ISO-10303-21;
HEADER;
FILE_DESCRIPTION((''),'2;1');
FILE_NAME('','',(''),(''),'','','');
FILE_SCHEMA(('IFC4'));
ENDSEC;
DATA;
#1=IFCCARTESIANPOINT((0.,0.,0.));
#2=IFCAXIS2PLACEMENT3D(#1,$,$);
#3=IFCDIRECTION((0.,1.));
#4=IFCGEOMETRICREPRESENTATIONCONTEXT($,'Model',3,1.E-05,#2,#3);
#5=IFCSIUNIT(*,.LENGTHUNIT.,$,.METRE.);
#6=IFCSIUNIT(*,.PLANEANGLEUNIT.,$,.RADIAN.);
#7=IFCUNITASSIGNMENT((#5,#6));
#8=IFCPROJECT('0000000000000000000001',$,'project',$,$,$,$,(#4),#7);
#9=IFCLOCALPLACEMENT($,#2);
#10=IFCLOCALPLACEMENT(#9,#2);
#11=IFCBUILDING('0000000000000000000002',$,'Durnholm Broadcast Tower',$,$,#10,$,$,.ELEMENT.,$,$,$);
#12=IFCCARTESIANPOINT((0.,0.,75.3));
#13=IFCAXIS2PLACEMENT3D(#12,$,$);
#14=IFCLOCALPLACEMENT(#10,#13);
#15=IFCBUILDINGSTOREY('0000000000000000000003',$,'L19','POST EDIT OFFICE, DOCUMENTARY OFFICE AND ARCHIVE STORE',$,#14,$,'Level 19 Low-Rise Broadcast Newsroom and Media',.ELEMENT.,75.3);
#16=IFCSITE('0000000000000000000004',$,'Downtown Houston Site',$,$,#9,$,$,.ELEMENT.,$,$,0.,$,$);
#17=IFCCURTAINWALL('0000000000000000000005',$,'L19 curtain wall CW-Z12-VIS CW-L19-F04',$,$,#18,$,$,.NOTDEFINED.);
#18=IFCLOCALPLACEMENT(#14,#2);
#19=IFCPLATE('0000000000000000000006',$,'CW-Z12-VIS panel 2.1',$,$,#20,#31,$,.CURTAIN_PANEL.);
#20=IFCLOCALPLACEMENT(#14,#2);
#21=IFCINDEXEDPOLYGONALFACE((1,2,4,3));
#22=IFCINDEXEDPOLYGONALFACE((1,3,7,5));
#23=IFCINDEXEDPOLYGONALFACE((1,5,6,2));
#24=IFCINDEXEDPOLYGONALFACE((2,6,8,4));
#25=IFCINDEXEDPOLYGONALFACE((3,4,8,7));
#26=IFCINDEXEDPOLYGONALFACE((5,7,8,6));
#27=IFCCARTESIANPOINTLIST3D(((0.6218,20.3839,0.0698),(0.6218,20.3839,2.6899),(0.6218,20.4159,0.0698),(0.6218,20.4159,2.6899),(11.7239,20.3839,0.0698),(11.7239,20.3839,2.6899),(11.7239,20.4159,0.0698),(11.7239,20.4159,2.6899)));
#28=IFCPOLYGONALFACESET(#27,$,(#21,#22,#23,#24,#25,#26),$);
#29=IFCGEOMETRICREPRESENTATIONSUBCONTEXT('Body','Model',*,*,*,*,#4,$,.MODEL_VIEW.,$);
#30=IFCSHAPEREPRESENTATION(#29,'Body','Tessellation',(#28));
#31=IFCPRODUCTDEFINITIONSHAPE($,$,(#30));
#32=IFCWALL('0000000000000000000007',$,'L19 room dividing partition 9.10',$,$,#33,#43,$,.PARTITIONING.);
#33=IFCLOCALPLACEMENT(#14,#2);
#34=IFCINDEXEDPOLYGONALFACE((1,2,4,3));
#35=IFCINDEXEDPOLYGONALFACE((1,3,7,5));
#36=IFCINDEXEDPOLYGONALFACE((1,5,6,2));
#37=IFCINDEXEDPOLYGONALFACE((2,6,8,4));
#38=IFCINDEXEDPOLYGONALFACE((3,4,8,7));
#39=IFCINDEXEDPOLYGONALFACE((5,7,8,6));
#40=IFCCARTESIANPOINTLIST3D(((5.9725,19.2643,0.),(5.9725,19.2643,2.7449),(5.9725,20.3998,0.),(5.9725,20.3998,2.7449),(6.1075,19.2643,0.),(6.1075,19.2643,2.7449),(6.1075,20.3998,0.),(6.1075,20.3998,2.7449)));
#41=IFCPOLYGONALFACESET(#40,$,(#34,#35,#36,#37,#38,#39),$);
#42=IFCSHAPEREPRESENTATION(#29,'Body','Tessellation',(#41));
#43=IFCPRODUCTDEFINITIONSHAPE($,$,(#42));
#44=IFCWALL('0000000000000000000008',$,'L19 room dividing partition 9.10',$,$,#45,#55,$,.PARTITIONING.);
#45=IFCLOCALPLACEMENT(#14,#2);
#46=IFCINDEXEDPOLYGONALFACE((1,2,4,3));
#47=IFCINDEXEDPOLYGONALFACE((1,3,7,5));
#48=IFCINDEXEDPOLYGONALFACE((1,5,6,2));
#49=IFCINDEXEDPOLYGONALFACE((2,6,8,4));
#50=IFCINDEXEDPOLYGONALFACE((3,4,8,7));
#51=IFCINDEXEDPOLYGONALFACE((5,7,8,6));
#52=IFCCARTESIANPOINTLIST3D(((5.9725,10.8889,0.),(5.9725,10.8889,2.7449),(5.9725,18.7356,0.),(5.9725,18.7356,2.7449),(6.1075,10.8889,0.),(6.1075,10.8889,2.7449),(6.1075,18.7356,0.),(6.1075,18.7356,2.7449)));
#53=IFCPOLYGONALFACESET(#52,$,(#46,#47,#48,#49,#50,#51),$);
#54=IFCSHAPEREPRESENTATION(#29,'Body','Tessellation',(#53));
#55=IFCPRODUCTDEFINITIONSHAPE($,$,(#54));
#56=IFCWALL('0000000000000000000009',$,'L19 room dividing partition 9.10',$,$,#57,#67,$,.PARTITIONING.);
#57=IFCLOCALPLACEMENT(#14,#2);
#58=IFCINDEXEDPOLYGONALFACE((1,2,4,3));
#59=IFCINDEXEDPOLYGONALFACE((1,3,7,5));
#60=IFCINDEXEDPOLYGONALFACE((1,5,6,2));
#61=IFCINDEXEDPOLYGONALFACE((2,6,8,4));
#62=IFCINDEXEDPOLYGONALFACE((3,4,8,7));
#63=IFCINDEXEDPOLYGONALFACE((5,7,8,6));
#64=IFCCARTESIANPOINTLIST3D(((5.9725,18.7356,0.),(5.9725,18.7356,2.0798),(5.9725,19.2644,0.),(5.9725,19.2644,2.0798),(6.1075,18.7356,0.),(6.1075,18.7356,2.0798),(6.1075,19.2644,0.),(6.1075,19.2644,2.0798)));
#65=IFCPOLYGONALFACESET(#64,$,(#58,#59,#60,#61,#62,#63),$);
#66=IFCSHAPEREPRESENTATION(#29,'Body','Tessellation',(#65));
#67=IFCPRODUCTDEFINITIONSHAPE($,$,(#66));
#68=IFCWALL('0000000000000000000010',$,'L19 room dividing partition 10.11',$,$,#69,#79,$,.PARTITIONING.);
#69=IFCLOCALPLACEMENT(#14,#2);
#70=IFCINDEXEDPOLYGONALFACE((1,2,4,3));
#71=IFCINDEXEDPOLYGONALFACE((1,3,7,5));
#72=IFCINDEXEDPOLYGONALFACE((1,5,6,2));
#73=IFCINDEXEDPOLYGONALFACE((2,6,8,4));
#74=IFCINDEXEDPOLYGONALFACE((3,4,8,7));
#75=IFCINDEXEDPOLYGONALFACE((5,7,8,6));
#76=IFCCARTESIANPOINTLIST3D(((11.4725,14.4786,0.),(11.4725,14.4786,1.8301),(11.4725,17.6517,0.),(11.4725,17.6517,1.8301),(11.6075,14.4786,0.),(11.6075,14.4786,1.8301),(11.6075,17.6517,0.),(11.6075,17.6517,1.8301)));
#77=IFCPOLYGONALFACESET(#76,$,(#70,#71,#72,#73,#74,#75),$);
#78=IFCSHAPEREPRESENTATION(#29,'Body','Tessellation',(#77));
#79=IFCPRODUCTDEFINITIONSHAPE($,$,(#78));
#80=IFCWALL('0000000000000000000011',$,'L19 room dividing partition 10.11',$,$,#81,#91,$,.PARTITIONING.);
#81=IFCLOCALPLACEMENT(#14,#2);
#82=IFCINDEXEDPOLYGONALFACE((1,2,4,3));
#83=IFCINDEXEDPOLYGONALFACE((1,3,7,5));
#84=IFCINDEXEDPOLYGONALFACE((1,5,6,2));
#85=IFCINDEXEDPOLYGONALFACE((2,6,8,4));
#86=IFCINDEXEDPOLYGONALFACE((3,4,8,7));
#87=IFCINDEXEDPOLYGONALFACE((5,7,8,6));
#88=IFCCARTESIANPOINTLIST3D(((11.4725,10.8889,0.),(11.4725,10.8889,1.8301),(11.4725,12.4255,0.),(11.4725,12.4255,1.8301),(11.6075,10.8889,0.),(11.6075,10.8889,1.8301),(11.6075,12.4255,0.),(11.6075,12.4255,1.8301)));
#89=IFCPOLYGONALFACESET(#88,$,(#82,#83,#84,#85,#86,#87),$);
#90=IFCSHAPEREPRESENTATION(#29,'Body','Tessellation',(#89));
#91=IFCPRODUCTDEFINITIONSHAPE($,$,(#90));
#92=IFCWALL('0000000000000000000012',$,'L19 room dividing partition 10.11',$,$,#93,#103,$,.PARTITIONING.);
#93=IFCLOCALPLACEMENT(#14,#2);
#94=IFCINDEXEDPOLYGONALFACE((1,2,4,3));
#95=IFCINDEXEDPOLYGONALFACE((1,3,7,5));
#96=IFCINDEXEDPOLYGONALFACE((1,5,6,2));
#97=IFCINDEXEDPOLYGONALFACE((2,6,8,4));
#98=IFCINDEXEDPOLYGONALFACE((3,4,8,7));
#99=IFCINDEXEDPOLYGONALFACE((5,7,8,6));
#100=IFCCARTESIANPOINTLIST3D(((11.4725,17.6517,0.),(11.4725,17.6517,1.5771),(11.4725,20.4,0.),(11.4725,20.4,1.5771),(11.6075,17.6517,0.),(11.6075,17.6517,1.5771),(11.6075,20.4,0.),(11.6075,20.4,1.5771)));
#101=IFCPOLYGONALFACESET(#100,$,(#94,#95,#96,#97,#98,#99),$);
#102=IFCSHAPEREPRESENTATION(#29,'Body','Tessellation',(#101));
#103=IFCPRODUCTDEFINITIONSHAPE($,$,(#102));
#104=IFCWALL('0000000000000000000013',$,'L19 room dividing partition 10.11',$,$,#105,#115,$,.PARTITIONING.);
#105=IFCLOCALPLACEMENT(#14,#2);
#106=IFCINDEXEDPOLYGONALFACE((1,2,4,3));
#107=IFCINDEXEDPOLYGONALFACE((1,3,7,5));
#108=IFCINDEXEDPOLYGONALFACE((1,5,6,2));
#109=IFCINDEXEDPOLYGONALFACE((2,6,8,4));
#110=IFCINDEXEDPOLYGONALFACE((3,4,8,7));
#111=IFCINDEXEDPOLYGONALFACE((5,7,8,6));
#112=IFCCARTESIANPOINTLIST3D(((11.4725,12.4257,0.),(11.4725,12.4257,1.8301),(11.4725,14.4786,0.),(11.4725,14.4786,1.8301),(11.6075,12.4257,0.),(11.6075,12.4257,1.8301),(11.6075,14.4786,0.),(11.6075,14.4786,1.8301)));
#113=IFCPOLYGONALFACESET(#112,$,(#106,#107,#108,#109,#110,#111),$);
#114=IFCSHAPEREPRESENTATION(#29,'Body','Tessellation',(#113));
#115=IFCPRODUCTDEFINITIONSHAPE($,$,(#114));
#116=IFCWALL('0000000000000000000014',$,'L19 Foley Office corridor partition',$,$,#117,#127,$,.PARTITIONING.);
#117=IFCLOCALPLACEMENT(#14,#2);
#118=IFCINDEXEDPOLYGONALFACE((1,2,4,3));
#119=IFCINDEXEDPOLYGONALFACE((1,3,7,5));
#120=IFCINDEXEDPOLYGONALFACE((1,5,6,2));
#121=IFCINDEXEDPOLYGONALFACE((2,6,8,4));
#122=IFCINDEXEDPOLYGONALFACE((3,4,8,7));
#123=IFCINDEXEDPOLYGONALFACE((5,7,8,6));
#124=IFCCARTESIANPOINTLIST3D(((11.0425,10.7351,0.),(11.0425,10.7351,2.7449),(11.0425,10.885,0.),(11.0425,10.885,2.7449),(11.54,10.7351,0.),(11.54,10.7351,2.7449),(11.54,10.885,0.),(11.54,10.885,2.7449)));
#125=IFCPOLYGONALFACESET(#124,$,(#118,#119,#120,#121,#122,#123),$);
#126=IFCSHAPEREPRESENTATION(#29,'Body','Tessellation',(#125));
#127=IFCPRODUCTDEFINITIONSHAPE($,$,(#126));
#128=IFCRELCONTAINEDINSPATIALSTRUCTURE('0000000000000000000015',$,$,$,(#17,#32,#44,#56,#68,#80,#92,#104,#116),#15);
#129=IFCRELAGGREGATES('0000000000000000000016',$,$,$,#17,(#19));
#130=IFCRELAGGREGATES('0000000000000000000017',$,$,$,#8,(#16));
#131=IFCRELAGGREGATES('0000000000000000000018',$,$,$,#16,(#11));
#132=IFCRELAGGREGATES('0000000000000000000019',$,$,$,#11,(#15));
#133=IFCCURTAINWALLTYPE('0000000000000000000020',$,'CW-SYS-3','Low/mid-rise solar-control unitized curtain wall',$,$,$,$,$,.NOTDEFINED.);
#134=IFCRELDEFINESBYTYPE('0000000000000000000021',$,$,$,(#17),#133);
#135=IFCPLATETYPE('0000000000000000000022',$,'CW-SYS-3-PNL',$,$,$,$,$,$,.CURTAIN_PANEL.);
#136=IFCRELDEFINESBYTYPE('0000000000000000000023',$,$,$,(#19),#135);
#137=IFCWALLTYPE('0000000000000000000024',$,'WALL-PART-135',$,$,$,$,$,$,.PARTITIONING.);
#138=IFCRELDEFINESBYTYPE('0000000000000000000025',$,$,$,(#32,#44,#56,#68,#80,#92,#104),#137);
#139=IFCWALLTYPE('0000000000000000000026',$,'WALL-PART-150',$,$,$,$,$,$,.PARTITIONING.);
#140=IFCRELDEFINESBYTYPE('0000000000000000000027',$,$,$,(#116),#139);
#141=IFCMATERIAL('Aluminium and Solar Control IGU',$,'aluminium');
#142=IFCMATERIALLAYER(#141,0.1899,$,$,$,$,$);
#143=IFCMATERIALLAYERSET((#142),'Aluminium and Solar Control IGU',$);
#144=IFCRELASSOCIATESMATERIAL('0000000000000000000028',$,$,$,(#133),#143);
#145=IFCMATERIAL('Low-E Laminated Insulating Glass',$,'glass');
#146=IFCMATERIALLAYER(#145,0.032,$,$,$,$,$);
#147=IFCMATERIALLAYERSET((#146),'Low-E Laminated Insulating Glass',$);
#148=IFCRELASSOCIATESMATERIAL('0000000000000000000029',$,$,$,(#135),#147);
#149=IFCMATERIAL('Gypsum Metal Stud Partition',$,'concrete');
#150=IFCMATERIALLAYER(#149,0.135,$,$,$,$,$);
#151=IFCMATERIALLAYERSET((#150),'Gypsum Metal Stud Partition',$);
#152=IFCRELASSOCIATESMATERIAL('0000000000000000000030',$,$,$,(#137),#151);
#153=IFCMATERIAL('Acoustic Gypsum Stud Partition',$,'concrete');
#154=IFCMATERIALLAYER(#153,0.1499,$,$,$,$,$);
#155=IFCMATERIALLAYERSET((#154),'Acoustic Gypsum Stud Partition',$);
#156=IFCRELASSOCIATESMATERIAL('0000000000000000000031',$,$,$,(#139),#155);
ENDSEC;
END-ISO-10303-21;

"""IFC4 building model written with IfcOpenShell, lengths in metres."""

from ifc_helpers import new_model, si_unit, direction, frame, frame_2d, origin, origin_2d, place, context, subcontext, project, spatial, rectangle, extrude, source, transform, mapped, material, layer, layer_set, type_object, type_shapes, element, aggregate, save


model = new_model("IFC4")

# Units and contexts
model_context = context("Model", 3, precision=1e-05, world=origin(), true_north=direction((0.0, 1.0)))
body_context = subcontext(model_context, "Body", "Model", "MODEL_VIEW")
ifc_project = project(units=[si_unit("LENGTHUNIT", "METRE"), si_unit("PLANEANGLEUNIT", "RADIAN")], contexts=[model_context])

# Site, building, storey
site_placement = place(None, origin())
site = spatial("IfcSite", under=ifc_project, at=site_placement, Name="Downtown Houston Site", CompositionType="ELEMENT", RefElevation=0.0)
building_placement = place(site_placement, origin())
building = spatial("IfcBuilding", under=site, at=building_placement, Name="Durnholm Broadcast Tower", CompositionType="ELEMENT")
storey_placement = place(building_placement, frame((0.0, 0.0, 75.3)))
storey = spatial("IfcBuildingStorey", under=building, at=storey_placement, Name="L19", Description="POST EDIT OFFICE, DOCUMENTARY OFFICE AND ARCHIVE STORE", LongName="Level 19 Low-Rise Broadcast Newsroom and Media", CompositionType="ELEMENT", Elevation=75.3)

# Curtain wall
ifc_material_1 = material(Name="Aluminium and Solar Control IGU", Category="aluminium")
ifc_layer_1 = layer(ifc_material_1, 0.1899)
ifc_layer_set_1 = layer_set([ifc_layer_1], Name="Aluminium and Solar Control IGU")
curtain_wall_type_1 = type_object("IfcCurtainWallType", Name="CW-SYS-3", Description="Low/mid-rise solar-control unitized curtain wall", PredefinedType="NOTDEFINED", material=ifc_layer_set_1)
curtain_wall_1_placement = place(storey_placement, origin())
curtain_wall_1 = element("IfcCurtainWall", 1, at=curtain_wall_1_placement, inside=storey, type_object=curtain_wall_type_1, Name="L19 curtain wall CW-Z12-VIS CW-L19-F04", PredefinedType="NOTDEFINED")

# Plate
ifc_material_2 = material(Name="Low-E Laminated Insulating Glass", Category="glass")
ifc_layer_2 = layer(ifc_material_2, 0.032)
ifc_layer_set_2 = layer_set([ifc_layer_2], Name="Low-E Laminated Insulating Glass")
plate_type = type_object("IfcPlateType", Name="CW-SYS-3-PNL", PredefinedType="CURTAIN_PANEL", material=ifc_layer_set_2)
shared_shape_1 = source(origin(), body_context, "Body", "SweptSolid", [
    extrude(rectangle(XDim=11.1021, YDim=0.032, at=origin_2d()), origin(), (0.0, 0.0, 1.0), 2.6201),
])
type_shapes(plate_type, [shared_shape_1])
plate_placement = place(storey_placement, frame((6.1729, 20.3999, 0.0698), z_axis=(0.0, 0.0, 1.0), x_axis=(1.0, 0.0, 0.0)))
plate = element("IfcPlate", 2, at=plate_placement, type_object=plate_type, Name="CW-Z12-VIS panel 2.1", PredefinedType="CURTAIN_PANEL", context=body_context, shape_type="MappedRepresentation", body=[
    mapped(shared_shape_1, transform((0.0, 0.0, 0.0), x_axis=(1.0, 0.0, 0.0), y_axis=(0.0, 1.0, 0.0), z_axis=(0.0, 0.0, 1.0), scale=1.0)),
])
aggregate(curtain_wall_1, [plate])

# Walls
ifc_material_3 = material(Name="Gypsum Metal Stud Partition", Category="concrete")
ifc_layer_3 = layer(ifc_material_3, 0.135)
ifc_layer_set_3 = layer_set([ifc_layer_3], Name="Gypsum Metal Stud Partition")
wall_type_1 = type_object("IfcWallType", Name="WALL-PART-135", PredefinedType="PARTITIONING", material=ifc_layer_set_3)
wall_1_placement = place(storey_placement, frame((6.04, 20.3999, 0.0), z_axis=(0.0, 0.0, 1.0), x_axis=(0.0, -1.0, 0.0)))
element("IfcWall", 3, at=wall_1_placement, inside=storey, type_object=wall_type_1, Name="L19 room dividing partition 9.10", PredefinedType="PARTITIONING", context=body_context, shape_type="SweptSolid", body=[
    extrude(rectangle(XDim=1.1355, YDim=0.135, at=frame_2d((0.5679, 0.0))), origin(), (0.0, 0.0, 1.0), 2.7449),
])
wall_2_placement = place(storey_placement, frame((6.04, 18.7356, 0.0), z_axis=(0.0, 0.0, 1.0), x_axis=(0.0, -1.0, 0.0)))
element("IfcWall", 4, at=wall_2_placement, inside=storey, type_object=wall_type_1, Name="L19 room dividing partition 9.10", PredefinedType="PARTITIONING", context=body_context, shape_type="SweptSolid", body=[
    extrude(rectangle(XDim=7.8467, YDim=0.135, at=frame_2d((3.9233, 0.0))), origin(), (0.0, 0.0, 1.0), 2.7449),
])
wall_3_placement = place(storey_placement, frame((6.04, 19.2644, 0.0), z_axis=(0.0, 0.0, 1.0), x_axis=(0.0, -1.0, 0.0)))
element("IfcWall", 5, at=wall_3_placement, inside=storey, type_object=wall_type_1, Name="L19 room dividing partition 9.10", PredefinedType="PARTITIONING", context=body_context, shape_type="SweptSolid", body=[
    extrude(rectangle(XDim=0.5288, YDim=0.135, at=frame_2d((0.2644, 0.0))), origin(), (0.0, 0.0, 1.0), 2.0798),
])
wall_4_placement = place(storey_placement, frame((11.54, 17.6516, 0.0), z_axis=(0.0, 0.0, 1.0), x_axis=(0.0, -1.0, 0.0)))
element("IfcWall", 6, at=wall_4_placement, inside=storey, type_object=wall_type_1, Name="L19 room dividing partition 10.11", PredefinedType="PARTITIONING", context=body_context, shape_type="SweptSolid", body=[
    extrude(rectangle(XDim=3.1731, YDim=0.135, at=frame_2d((1.5864, 0.0))), origin(), (0.0, 0.0, 1.0), 1.8301),
])
wall_5_placement = place(storey_placement, frame((11.54, 12.4255, 0.0), z_axis=(0.0, 0.0, 1.0), x_axis=(0.0, -1.0, 0.0)))
element("IfcWall", 7, at=wall_5_placement, inside=storey, type_object=wall_type_1, Name="L19 room dividing partition 10.11", PredefinedType="PARTITIONING", context=body_context, shape_type="SweptSolid", body=[
    extrude(rectangle(XDim=1.5366, YDim=0.135, at=frame_2d((0.7683, 0.0))), origin(), (0.0, 0.0, 1.0), 1.8301),
])
wall_6_placement = place(storey_placement, frame((11.54, 20.3999, 0.0), z_axis=(0.0, 0.0, 1.0), x_axis=(0.0, -1.0, 0.0)))
element("IfcWall", 8, at=wall_6_placement, inside=storey, type_object=wall_type_1, Name="L19 room dividing partition 10.11", PredefinedType="PARTITIONING", context=body_context, shape_type="SweptSolid", body=[
    extrude(rectangle(XDim=2.7483, YDim=0.135, at=frame_2d((1.374, 0.0))), origin(), (0.0, 0.0, 1.0), 1.5771),
])
wall_7_placement = place(storey_placement, frame((11.54, 14.4785, 0.0), z_axis=(0.0, 0.0, 1.0), x_axis=(0.0, -1.0, 0.0)))
element("IfcWall", 9, at=wall_7_placement, inside=storey, type_object=wall_type_1, Name="L19 room dividing partition 10.11", PredefinedType="PARTITIONING", context=body_context, shape_type="SweptSolid", body=[
    extrude(rectangle(XDim=2.053, YDim=0.135, at=frame_2d((1.0264, 0.0))), origin(), (0.0, 0.0, 1.0), 1.8301),
])
ifc_material_4 = material(Name="Acoustic Gypsum Stud Partition", Category="concrete")
ifc_layer_4 = layer(ifc_material_4, 0.1499)
ifc_layer_set_4 = layer_set([ifc_layer_4], Name="Acoustic Gypsum Stud Partition")
wall_type_2 = type_object("IfcWallType", Name="WALL-PART-150", PredefinedType="PARTITIONING", material=ifc_layer_set_4)
wall_8_placement = place(storey_placement, frame((11.54, 10.8101, 0.0), z_axis=(0.0, 0.0, 1.0), x_axis=(-1.0, 0.0, 0.0)))
element("IfcWall", 10, at=wall_8_placement, inside=storey, type_object=wall_type_2, Name="L19 Foley Office corridor partition", PredefinedType="PARTITIONING", context=body_context, shape_type="SweptSolid", body=[
    extrude(rectangle(XDim=0.4976, YDim=0.1499, at=frame_2d((0.2488, 0.0))), origin(), (0.0, 0.0, 1.0), 2.7449),
])

save(model, "model.ifc")
